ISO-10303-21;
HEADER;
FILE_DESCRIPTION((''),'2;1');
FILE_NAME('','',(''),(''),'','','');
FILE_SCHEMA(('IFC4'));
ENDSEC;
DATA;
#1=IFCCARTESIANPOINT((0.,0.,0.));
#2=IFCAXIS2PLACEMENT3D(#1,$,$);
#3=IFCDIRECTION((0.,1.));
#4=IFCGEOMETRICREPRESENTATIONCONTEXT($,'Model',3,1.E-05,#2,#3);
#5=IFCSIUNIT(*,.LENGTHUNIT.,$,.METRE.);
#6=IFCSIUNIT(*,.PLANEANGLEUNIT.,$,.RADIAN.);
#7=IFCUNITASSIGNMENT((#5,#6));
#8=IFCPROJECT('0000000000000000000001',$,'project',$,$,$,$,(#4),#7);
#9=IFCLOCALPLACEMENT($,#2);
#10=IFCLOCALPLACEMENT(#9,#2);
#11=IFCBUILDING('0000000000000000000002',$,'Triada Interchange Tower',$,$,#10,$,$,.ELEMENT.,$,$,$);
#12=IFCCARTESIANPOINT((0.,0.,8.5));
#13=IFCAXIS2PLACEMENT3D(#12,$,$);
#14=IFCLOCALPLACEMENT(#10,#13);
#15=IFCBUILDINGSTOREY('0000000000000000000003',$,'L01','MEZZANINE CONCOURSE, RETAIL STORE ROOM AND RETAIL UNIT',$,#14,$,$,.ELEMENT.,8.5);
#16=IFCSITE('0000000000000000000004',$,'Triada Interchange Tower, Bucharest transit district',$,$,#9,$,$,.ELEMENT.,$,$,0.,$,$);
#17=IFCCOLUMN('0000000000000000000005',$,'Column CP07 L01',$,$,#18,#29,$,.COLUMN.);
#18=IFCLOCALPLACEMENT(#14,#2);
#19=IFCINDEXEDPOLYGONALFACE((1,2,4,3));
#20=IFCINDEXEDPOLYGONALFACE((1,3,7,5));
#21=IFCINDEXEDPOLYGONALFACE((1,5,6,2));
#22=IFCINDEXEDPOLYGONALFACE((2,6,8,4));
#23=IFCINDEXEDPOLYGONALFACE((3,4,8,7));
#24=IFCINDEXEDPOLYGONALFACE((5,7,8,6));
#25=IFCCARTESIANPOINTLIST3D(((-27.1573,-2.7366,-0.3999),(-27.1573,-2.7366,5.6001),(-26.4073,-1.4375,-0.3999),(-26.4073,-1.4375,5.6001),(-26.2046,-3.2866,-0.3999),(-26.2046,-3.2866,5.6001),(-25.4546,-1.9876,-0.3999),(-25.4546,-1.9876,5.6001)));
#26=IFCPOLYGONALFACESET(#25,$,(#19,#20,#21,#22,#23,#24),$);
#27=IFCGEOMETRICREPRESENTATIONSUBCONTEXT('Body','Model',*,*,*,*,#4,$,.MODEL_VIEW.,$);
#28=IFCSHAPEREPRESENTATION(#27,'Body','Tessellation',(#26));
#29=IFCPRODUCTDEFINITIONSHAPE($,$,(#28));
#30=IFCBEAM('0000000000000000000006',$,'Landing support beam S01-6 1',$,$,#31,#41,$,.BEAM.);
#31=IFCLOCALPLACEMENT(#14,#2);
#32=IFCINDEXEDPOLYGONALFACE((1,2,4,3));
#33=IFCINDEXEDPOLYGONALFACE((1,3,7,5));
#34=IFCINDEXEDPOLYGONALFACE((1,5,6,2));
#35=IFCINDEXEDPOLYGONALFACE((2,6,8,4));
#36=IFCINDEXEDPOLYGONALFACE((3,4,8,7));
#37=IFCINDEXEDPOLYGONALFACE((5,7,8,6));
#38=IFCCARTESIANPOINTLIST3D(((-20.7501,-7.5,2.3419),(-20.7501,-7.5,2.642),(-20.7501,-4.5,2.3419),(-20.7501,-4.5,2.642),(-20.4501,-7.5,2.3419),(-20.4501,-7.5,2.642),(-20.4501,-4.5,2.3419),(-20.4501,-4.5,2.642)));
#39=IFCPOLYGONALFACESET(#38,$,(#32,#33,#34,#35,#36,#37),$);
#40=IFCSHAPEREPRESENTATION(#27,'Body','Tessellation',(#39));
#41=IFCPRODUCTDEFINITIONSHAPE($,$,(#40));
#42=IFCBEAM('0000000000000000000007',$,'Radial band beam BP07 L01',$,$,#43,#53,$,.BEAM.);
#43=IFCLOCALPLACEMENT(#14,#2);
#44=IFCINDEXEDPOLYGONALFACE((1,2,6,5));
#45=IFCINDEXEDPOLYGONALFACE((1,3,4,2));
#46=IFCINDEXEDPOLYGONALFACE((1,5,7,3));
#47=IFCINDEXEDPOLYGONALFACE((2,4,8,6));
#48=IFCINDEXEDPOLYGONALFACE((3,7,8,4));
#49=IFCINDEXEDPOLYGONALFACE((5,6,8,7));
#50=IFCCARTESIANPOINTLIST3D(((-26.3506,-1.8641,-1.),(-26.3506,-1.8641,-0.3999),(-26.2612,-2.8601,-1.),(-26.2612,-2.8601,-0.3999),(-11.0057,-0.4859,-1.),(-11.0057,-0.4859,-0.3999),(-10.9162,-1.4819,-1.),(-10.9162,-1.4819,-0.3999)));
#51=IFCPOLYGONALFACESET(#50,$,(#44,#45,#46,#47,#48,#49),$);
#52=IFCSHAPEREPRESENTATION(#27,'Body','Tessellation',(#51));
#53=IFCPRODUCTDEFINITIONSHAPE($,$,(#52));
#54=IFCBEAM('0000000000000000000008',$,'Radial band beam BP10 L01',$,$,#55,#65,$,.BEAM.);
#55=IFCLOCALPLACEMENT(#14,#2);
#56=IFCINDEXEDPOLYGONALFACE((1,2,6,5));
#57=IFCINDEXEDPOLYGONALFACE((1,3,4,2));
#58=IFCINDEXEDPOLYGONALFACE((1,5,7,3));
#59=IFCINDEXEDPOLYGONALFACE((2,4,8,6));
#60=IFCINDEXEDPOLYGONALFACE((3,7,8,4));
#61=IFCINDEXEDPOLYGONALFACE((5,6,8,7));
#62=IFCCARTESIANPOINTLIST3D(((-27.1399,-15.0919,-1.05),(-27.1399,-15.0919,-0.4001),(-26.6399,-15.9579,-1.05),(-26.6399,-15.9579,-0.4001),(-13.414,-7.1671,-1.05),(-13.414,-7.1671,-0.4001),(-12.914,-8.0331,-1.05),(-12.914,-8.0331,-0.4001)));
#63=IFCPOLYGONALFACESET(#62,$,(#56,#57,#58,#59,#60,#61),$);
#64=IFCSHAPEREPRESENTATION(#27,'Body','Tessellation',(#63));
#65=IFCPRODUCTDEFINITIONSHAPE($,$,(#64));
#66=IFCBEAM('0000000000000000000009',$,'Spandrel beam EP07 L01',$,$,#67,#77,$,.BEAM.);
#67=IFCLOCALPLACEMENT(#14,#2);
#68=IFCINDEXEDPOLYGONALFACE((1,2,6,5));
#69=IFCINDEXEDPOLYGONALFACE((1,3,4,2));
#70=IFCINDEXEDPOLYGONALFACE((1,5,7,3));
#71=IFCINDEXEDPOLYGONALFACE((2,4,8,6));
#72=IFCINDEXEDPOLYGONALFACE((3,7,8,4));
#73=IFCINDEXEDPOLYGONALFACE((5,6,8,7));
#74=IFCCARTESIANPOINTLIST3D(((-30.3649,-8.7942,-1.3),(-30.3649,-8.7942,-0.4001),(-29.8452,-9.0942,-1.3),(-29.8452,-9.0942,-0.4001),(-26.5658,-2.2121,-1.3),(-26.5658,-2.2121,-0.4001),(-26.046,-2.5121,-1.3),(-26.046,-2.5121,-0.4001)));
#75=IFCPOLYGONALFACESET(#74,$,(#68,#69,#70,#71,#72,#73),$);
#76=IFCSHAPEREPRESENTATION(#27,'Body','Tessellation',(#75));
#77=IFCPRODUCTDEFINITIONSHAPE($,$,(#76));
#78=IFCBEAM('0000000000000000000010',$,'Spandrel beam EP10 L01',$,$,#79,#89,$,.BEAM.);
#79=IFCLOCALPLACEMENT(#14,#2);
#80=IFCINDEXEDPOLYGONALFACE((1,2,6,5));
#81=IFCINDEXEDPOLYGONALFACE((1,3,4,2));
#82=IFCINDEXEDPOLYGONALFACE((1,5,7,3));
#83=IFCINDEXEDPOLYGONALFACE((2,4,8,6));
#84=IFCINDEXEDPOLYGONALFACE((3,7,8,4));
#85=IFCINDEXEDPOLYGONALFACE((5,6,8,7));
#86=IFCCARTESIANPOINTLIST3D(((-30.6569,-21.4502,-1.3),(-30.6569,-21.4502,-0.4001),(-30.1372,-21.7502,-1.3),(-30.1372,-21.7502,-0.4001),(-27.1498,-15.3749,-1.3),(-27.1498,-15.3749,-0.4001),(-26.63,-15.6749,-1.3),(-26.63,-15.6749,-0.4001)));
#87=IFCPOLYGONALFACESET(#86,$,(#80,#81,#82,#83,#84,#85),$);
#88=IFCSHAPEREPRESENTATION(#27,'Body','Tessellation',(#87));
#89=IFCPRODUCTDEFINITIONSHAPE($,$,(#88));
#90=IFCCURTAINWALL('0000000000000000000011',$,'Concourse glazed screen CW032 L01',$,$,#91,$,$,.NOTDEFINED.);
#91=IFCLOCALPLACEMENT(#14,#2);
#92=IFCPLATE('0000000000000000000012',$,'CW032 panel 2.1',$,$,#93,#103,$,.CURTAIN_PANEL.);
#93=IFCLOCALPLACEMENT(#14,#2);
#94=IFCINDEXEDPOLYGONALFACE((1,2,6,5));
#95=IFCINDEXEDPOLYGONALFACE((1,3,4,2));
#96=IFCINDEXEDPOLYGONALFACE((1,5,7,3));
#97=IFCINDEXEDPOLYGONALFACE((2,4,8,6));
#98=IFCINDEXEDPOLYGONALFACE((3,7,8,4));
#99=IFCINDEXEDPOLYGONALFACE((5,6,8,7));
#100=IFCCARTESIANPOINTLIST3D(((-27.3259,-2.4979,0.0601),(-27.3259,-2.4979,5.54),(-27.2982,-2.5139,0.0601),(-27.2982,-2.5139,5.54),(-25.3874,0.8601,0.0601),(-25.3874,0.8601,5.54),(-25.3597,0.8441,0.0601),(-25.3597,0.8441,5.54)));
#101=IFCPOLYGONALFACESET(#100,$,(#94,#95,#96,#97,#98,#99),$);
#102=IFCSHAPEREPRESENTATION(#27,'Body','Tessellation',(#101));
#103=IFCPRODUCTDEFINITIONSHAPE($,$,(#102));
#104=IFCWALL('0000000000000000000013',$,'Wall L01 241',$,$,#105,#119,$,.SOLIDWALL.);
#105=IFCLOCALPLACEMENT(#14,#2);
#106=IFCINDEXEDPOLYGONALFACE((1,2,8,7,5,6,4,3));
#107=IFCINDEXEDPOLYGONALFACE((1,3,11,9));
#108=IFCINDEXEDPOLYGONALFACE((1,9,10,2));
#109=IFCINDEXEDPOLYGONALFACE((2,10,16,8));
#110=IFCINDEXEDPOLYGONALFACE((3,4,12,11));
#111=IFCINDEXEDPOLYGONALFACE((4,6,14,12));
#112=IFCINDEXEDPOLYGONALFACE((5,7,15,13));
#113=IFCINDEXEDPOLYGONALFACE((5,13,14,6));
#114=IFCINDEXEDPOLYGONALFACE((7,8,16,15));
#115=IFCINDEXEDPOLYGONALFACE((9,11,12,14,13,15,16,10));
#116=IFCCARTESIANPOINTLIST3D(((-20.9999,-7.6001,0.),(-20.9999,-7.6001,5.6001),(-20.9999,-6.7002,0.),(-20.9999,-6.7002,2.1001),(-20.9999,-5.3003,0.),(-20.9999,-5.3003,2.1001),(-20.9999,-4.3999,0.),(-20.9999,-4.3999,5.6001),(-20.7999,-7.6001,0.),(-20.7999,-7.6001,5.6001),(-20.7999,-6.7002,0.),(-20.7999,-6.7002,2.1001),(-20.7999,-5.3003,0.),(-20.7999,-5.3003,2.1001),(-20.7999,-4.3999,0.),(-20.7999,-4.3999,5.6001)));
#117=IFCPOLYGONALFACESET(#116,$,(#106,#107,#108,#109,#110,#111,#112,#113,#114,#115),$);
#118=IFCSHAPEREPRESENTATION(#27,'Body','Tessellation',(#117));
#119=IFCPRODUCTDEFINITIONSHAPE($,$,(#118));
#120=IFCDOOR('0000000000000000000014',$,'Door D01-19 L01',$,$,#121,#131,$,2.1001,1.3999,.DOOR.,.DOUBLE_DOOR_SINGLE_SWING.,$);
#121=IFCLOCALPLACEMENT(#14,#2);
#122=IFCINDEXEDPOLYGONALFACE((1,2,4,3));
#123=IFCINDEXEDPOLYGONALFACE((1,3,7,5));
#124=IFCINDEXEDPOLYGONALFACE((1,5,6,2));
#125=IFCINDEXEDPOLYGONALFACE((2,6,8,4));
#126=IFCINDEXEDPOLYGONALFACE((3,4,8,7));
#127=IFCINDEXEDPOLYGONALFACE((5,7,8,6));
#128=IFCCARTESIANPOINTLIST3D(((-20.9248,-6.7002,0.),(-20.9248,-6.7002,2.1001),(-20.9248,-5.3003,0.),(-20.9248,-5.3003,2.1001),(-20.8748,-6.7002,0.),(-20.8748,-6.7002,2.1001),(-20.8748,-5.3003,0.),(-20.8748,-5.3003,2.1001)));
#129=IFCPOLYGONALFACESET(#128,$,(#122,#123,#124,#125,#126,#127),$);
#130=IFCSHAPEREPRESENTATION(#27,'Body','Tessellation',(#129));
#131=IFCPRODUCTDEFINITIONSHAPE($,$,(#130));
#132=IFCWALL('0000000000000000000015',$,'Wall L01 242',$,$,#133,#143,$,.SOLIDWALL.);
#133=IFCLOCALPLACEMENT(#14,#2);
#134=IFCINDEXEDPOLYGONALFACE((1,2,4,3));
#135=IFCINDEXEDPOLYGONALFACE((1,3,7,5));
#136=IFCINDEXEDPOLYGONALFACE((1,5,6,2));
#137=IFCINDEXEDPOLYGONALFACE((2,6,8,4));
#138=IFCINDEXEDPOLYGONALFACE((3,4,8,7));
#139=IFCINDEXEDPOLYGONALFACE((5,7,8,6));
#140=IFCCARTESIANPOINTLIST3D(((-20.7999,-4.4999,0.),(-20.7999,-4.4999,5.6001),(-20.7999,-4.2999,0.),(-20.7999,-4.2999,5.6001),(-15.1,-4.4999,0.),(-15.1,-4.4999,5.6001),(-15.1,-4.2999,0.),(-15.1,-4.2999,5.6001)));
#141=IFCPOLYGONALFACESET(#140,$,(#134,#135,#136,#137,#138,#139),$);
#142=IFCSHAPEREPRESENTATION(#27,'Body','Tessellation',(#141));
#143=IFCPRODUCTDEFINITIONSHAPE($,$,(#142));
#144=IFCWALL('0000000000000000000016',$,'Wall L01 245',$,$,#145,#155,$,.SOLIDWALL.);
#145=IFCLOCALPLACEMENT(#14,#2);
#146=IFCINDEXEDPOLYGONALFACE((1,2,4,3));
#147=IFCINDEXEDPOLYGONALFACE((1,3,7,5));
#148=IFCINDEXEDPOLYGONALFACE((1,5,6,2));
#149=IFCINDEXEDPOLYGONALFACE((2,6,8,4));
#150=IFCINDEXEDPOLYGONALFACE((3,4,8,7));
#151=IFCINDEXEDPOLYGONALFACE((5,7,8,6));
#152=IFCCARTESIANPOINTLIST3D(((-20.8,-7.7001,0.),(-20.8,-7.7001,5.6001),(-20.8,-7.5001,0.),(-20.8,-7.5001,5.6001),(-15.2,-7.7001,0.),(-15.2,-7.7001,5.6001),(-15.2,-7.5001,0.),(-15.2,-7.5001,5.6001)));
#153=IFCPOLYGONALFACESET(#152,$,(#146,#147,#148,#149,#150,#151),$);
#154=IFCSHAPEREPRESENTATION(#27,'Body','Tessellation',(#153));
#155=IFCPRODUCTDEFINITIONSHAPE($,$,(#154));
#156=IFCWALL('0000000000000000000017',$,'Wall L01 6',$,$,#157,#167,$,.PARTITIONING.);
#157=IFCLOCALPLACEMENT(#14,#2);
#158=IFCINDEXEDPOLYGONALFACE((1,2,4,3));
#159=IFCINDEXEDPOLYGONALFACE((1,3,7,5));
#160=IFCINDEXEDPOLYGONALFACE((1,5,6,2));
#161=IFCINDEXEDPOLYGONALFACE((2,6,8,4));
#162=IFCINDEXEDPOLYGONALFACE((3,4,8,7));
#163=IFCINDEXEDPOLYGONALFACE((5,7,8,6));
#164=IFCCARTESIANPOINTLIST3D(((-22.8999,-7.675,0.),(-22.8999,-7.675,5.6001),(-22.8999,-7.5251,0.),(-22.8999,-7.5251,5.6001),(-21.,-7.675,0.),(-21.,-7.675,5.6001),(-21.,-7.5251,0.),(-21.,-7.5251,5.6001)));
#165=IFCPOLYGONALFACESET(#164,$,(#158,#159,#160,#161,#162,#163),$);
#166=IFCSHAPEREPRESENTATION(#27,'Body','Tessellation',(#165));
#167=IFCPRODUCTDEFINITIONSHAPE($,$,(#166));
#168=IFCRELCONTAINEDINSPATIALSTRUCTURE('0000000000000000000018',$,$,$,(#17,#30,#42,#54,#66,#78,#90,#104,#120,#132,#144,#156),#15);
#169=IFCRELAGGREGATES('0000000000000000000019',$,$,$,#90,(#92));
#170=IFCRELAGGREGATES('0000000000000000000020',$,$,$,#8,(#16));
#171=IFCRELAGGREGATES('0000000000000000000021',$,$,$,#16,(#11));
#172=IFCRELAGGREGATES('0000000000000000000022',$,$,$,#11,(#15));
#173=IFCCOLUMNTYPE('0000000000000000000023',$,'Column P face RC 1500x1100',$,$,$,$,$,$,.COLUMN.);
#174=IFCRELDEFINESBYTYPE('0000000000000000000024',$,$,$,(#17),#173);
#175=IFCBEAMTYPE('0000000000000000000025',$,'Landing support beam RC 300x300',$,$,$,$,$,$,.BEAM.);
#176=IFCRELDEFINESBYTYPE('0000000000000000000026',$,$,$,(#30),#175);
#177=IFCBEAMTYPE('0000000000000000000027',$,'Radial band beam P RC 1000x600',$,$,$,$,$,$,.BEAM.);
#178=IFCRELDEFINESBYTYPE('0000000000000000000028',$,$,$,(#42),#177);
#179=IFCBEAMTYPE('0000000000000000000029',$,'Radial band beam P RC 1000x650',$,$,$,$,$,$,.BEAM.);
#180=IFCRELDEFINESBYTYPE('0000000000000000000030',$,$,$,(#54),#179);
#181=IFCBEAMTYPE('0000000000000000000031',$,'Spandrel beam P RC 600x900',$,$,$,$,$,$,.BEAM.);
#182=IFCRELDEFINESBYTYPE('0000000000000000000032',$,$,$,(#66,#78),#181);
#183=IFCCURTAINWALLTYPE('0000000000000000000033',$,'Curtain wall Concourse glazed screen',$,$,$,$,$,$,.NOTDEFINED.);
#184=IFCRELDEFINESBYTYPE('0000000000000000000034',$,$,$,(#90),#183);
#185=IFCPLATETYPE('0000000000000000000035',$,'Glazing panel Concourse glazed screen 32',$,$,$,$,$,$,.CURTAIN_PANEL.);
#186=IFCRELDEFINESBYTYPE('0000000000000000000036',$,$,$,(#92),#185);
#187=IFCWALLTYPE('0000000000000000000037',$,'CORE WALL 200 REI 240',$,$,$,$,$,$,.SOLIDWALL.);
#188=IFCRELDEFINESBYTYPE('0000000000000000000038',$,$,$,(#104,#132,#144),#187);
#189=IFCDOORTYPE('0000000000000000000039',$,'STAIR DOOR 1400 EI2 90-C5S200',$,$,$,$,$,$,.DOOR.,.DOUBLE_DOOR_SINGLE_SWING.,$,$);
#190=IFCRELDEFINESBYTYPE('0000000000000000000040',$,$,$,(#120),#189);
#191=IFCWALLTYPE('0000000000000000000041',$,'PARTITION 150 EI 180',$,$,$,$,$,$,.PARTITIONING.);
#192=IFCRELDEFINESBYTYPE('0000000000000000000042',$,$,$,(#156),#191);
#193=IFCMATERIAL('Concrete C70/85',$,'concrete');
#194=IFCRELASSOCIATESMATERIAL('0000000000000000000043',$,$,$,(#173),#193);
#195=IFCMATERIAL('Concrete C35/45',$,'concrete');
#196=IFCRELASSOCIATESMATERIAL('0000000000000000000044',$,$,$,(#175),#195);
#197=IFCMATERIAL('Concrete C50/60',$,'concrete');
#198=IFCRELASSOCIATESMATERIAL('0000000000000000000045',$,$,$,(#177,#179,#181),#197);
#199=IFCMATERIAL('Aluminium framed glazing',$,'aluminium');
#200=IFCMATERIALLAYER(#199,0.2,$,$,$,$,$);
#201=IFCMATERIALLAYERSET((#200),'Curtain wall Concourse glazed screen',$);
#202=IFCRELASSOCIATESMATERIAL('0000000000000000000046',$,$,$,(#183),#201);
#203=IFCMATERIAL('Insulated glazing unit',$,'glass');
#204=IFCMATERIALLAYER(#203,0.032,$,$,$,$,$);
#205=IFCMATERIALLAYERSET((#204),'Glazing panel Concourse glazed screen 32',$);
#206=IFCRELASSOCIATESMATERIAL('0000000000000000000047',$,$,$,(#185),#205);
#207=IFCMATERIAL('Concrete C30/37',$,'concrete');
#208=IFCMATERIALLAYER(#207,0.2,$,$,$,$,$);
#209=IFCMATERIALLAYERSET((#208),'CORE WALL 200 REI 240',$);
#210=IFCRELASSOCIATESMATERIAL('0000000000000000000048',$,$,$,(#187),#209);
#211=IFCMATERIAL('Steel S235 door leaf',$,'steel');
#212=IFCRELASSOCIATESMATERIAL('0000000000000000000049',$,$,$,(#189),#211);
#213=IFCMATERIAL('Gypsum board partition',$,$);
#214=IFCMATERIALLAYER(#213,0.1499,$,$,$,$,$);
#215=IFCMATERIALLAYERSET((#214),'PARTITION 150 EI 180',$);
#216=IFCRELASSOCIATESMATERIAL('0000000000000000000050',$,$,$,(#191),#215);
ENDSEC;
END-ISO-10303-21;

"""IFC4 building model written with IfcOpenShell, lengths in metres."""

from ifc_helpers import new_model, si_unit, direction, frame, frame_2d, origin, origin_2d, place, context, subcontext, project, spatial, rectangle, extrude, material, layer, layer_set, material_profile, profile_set, type_object, element, fill, aggregate, save


model = new_model("IFC4")

# Units and contexts
model_context = context("Model", 3, precision=1e-05, world=origin(), true_north=direction((0.0, 1.0)))
body_context = subcontext(model_context, "Body", "Model", "MODEL_VIEW")
ifc_project = project(units=[si_unit("LENGTHUNIT", "METRE"), si_unit("PLANEANGLEUNIT", "RADIAN")], contexts=[model_context])

# Site, building, storey
site_placement = place(None, origin())
site = spatial("IfcSite", under=ifc_project, at=site_placement, Name="Triada Interchange Tower, Bucharest transit district", CompositionType="ELEMENT", RefElevation=0.0)
building_placement = place(site_placement, origin())
building = spatial("IfcBuilding", under=site, at=building_placement, Name="Triada Interchange Tower", CompositionType="ELEMENT")
storey_placement = place(building_placement, frame((0.0, 0.0, 8.5)))
storey = spatial("IfcBuildingStorey", under=building, at=storey_placement, Name="L01", Description="MEZZANINE CONCOURSE, RETAIL STORE ROOM AND RETAIL UNIT", CompositionType="ELEMENT", Elevation=8.5)

# Column
ifc_material_1 = material(Name="Concrete C70/85", Category="concrete")
ifc_material_profile_1 = material_profile(ifc_material_1, rectangle(XDim=1.5, YDim=1.1001, at=origin_2d()), Name="RC 1500x1100")
ifc_profile_set_1 = profile_set([ifc_material_profile_1], Name="Concrete C70/85")
column_type = type_object("IfcColumnType", Name="Column P face RC 1500x1100", PredefinedType="COLUMN", material=ifc_profile_set_1)
column_placement = place(storey_placement, frame((-26.3059, -2.3621, -0.3999), z_axis=(0.0, 0.0, 1.0), x_axis=(0.5, 0.866025, 0.0)))
element("IfcColumn", 1, at=column_placement, inside=storey, type_object=column_type, Name="Column CP07 L01", PredefinedType="COLUMN", context=body_context, shape_type="SweptSolid", body=[
    extrude(rectangle(XDim=1.5, YDim=1.1001, at=origin_2d()), origin(), (0.0, 0.0, 1.0), 6.0),
])

# Beams
ifc_material_2 = material(Name="Concrete C35/45", Category="concrete")
ifc_material_profile_2 = material_profile(ifc_material_2, rectangle(XDim=0.3, YDim=0.3, at=origin_2d()), Name="RC 300x300")
ifc_profile_set_2 = profile_set([ifc_material_profile_2], Name="Concrete C35/45")
beam_type_1 = type_object("IfcBeamType", Name="Landing support beam RC 300x300", PredefinedType="BEAM", material=ifc_profile_set_2)
beam_1_placement = place(storey_placement, frame((-20.6001, -4.5, 2.4919), z_axis=(0.0, -1.0, 0.0), x_axis=(1.0, 0.0, 0.0)))
element("IfcBeam", 2, at=beam_1_placement, inside=storey, type_object=beam_type_1, Name="Landing support beam S01-6 1", PredefinedType="BEAM", context=body_context, shape_type="SweptSolid", body=[
    extrude(rectangle(XDim=0.3, YDim=0.3, at=origin_2d()), origin(), (0.0, 0.0, 1.0), 3.0),
])
ifc_material_3 = material(Name="Concrete C50/60", Category="concrete")
ifc_material_profile_3 = material_profile(ifc_material_3, rectangle(XDim=1.0, YDim=0.6001, at=origin_2d()), Name="RC 1000x600")
ifc_profile_set_3 = profile_set([ifc_material_profile_3], Name="Concrete C50/60")
beam_type_2 = type_object("IfcBeamType", Name="Radial band beam P RC 1000x600", PredefinedType="BEAM", material=ifc_profile_set_3)
beam_2_placement = place(storey_placement, frame((-26.3059, -2.3621, -0.7), z_axis=(0.995991, 0.089453, 0.0), x_axis=(-0.089453, 0.995991, 0.0)))
element("IfcBeam", 3, at=beam_2_placement, inside=storey, type_object=beam_type_2, Name="Radial band beam BP07 L01", PredefinedType="BEAM", context=body_context, shape_type="SweptSolid", body=[
    extrude(rectangle(XDim=1.0, YDim=0.6001, at=origin_2d()), origin(), (0.0, 0.0, 1.0), 15.4067),
])
ifc_material_profile_4 = material_profile(ifc_material_3, rectangle(XDim=1.0, YDim=0.6499, at=origin_2d()), Name="RC 1000x650")
ifc_profile_set_4 = profile_set([ifc_material_profile_4], Name="Concrete C50/60")
beam_type_3 = type_object("IfcBeamType", Name="Radial band beam P RC 1000x650", PredefinedType="BEAM", material=ifc_profile_set_4)
beam_3_placement = place(storey_placement, frame((-26.8899, -15.5249, -0.7251), z_axis=(0.86602, 0.500009, 0.0), x_axis=(-0.500009, 0.86602, 0.0)))
element("IfcBeam", 4, at=beam_3_placement, inside=storey, type_object=beam_type_3, Name="Radial band beam BP10 L01", PredefinedType="BEAM", context=body_context, shape_type="SweptSolid", body=[
    extrude(rectangle(XDim=1.0, YDim=0.6499, at=origin_2d()), origin(), (0.0, 0.0, 1.0), 15.8494),
])
ifc_material_profile_5 = material_profile(ifc_material_3, rectangle(XDim=0.6001, YDim=0.8999, at=origin_2d()), Name="RC 600x900")
ifc_profile_set_5 = profile_set([ifc_material_profile_5], Name="Concrete C50/60")
beam_type_4 = type_object("IfcBeamType", Name="Spandrel beam P RC 600x900", PredefinedType="BEAM", material=ifc_profile_set_5)
beam_4_placement = place(storey_placement, frame((-26.3059, -2.3621, -0.8501), z_axis=(-0.499895, -0.866086, 0.0), x_axis=(0.866086, -0.499895, 0.0)))
element("IfcBeam", 5, at=beam_4_placement, inside=storey, type_object=beam_type_4, Name="Spandrel beam EP07 L01", PredefinedType="BEAM", context=body_context, shape_type="SweptSolid", body=[
    extrude(rectangle(XDim=0.6001, YDim=0.8999, at=origin_2d()), origin(), (0.0, 0.0, 1.0), 7.5999),
])
beam_5_placement = place(storey_placement, frame((-26.8899, -15.5249, -0.8501), z_axis=(-0.499953, -0.866052, 0.0), x_axis=(0.866052, -0.499953, 0.0)))
element("IfcBeam", 6, at=beam_5_placement, inside=storey, type_object=beam_type_4, Name="Spandrel beam EP10 L01", PredefinedType="BEAM", context=body_context, shape_type="SweptSolid", body=[
    extrude(rectangle(XDim=0.6001, YDim=0.8999, at=origin_2d()), origin(), (0.0, 0.0, 1.0), 7.0149),
])

# Curtain wall, plate
ifc_material_4 = material(Name="Aluminium framed glazing", Category="aluminium")
ifc_layer_1 = layer(ifc_material_4, 0.2)
ifc_layer_set_1 = layer_set([ifc_layer_1], Name="Curtain wall Concourse glazed screen")
curtain_wall_type = type_object("IfcCurtainWallType", Name="Curtain wall Concourse glazed screen", PredefinedType="NOTDEFINED", material=ifc_layer_set_1)
curtain_wall_placement = place(storey_placement, origin())
curtain_wall = element("IfcCurtainWall", 7, at=curtain_wall_placement, inside=storey, type_object=curtain_wall_type, Name="Concourse glazed screen CW032 L01", PredefinedType="NOTDEFINED")
ifc_material_5 = material(Name="Insulated glazing unit", Category="glass")
ifc_layer_2 = layer(ifc_material_5, 0.032)
ifc_layer_set_2 = layer_set([ifc_layer_2], Name="Glazing panel Concourse glazed screen 32")
plate_type = type_object("IfcPlateType", Name="Glazing panel Concourse glazed screen 32", PredefinedType="CURTAIN_PANEL", material=ifc_layer_set_2)
plate_placement = place(storey_placement, frame((-26.3428, -0.8269, 0.0601), z_axis=(0.0, 0.0, 1.0), x_axis=(-0.499948, -0.866055, 0.0)))
plate = element("IfcPlate", 8, at=plate_placement, type_object=plate_type, Name="CW032 panel 2.1", PredefinedType="CURTAIN_PANEL", context=body_context, shape_type="SweptSolid", body=[
    extrude(rectangle(XDim=3.8774, YDim=0.032, at=origin_2d()), origin(), (0.0, 0.0, 1.0), 5.48),
])
aggregate(curtain_wall, [plate])

# Wall, opening, door
ifc_material_6 = material(Name="Concrete C30/37", Category="concrete")
ifc_layer_3 = layer(ifc_material_6, 0.2)
ifc_layer_set_3 = layer_set([ifc_layer_3], Name="CORE WALL 200 REI 240")
wall_type_1 = type_object("IfcWallType", Name="CORE WALL 200 REI 240", PredefinedType="SOLIDWALL", material=ifc_layer_set_3)
wall_1_placement = place(storey_placement, frame((-20.8999, -7.6001, 0.0), z_axis=(0.0, 0.0, 1.0), x_axis=(0.0, 1.0, 0.0)))
wall_1 = element("IfcWall", 9, at=wall_1_placement, inside=storey, type_object=wall_type_1, Name="Wall L01 241", PredefinedType="SOLIDWALL", context=body_context, shape_type="SweptSolid", body=[
    extrude(rectangle(XDim=3.2002, YDim=0.2, at=frame_2d((1.6001, 0.0))), origin(), (0.0, 0.0, 1.0), 5.6001),
])
opening_1_placement = place(wall_1_placement, frame((0.8999, 0.0, 0.0)))
opening_1 = element("IfcOpeningElement", 10, at=opening_1_placement, cuts=wall_1, PredefinedType="OPENING", context=body_context, shape_type="SweptSolid", body=[
    extrude(rectangle(XDim=1.3999, YDim=2.1001, at=frame_2d((0.7, 1.05))), frame((0.0, 0.1099, 0.0), z_axis=(0.0, -1.0, 0.0), x_axis=(1.0, 0.0, 0.0)), (0.0, 0.0, 1.0), 0.22),
])
ifc_material_7 = material(Name="Steel S235 door leaf", Category="steel")
door_type_1 = type_object("IfcDoorType", Name="STAIR DOOR 1400 EI2 90-C5S200", OperationType="DOUBLE_DOOR_SINGLE_SWING", PredefinedType="DOOR", material=ifc_material_7)
door_1_placement = place(opening_1_placement, origin())
door_1 = element("IfcDoor", 11, at=door_1_placement, inside=storey, type_object=door_type_1, Name="Door D01-19 L01", OperationType="DOUBLE_DOOR_SINGLE_SWING", OverallHeight=2.1001, OverallWidth=1.3999, PredefinedType="DOOR", context=body_context, shape_type="SweptSolid", body=[
    extrude(rectangle(XDim=1.3999, YDim=2.1001, at=frame_2d((0.7, 1.05))), frame((0.0, 0.0249, 0.0), z_axis=(0.0, -1.0, 0.0), x_axis=(1.0, 0.0, 0.0)), (0.0, 0.0, 1.0), 0.05),
])
fill(opening_1, door_1)

# Walls
wall_2_placement = place(storey_placement, frame((-20.8, -4.3999, 0.0), z_axis=(0.0, 0.0, 1.0), x_axis=(1.0, 0.0, 0.0)))
element("IfcWall", 12, at=wall_2_placement, inside=storey, type_object=wall_type_1, Name="Wall L01 242", PredefinedType="SOLIDWALL", context=body_context, shape_type="SweptSolid", body=[
    extrude(rectangle(XDim=5.7, YDim=0.2, at=frame_2d((2.8501, 0.0))), origin(), (0.0, 0.0, 1.0), 5.6001),
])
wall_3_placement = place(storey_placement, frame((-20.8, -7.6001, 0.0), z_axis=(0.0, 0.0, 1.0), x_axis=(1.0, 0.0, 0.0)))
element("IfcWall", 13, at=wall_3_placement, inside=storey, type_object=wall_type_1, Name="Wall L01 245", PredefinedType="SOLIDWALL", context=body_context, shape_type="SweptSolid", body=[
    extrude(rectangle(XDim=5.6001, YDim=0.2, at=frame_2d((2.8, 0.0))), origin(), (0.0, 0.0, 1.0), 5.6001),
])
ifc_material_8 = material(Name="Gypsum board partition")
ifc_layer_4 = layer(ifc_material_8, 0.1499)
ifc_layer_set_4 = layer_set([ifc_layer_4], Name="PARTITION 150 EI 180")
wall_type_2 = type_object("IfcWallType", Name="PARTITION 150 EI 180", PredefinedType="PARTITIONING", material=ifc_layer_set_4)
wall_4_placement = place(storey_placement, frame((-22.8999, -7.6001, 0.0), z_axis=(0.0, 0.0, 1.0), x_axis=(1.0, 0.0, 0.0)))
element("IfcWall", 14, at=wall_4_placement, inside=storey, type_object=wall_type_2, Name="Wall L01 6", PredefinedType="PARTITIONING", context=body_context, shape_type="SweptSolid", body=[
    extrude(rectangle(XDim=1.8999, YDim=0.1499, at=frame_2d((0.95, 0.0))), origin(), (0.0, 0.0, 1.0), 5.6001),
])

save(model, "model.ifc")
